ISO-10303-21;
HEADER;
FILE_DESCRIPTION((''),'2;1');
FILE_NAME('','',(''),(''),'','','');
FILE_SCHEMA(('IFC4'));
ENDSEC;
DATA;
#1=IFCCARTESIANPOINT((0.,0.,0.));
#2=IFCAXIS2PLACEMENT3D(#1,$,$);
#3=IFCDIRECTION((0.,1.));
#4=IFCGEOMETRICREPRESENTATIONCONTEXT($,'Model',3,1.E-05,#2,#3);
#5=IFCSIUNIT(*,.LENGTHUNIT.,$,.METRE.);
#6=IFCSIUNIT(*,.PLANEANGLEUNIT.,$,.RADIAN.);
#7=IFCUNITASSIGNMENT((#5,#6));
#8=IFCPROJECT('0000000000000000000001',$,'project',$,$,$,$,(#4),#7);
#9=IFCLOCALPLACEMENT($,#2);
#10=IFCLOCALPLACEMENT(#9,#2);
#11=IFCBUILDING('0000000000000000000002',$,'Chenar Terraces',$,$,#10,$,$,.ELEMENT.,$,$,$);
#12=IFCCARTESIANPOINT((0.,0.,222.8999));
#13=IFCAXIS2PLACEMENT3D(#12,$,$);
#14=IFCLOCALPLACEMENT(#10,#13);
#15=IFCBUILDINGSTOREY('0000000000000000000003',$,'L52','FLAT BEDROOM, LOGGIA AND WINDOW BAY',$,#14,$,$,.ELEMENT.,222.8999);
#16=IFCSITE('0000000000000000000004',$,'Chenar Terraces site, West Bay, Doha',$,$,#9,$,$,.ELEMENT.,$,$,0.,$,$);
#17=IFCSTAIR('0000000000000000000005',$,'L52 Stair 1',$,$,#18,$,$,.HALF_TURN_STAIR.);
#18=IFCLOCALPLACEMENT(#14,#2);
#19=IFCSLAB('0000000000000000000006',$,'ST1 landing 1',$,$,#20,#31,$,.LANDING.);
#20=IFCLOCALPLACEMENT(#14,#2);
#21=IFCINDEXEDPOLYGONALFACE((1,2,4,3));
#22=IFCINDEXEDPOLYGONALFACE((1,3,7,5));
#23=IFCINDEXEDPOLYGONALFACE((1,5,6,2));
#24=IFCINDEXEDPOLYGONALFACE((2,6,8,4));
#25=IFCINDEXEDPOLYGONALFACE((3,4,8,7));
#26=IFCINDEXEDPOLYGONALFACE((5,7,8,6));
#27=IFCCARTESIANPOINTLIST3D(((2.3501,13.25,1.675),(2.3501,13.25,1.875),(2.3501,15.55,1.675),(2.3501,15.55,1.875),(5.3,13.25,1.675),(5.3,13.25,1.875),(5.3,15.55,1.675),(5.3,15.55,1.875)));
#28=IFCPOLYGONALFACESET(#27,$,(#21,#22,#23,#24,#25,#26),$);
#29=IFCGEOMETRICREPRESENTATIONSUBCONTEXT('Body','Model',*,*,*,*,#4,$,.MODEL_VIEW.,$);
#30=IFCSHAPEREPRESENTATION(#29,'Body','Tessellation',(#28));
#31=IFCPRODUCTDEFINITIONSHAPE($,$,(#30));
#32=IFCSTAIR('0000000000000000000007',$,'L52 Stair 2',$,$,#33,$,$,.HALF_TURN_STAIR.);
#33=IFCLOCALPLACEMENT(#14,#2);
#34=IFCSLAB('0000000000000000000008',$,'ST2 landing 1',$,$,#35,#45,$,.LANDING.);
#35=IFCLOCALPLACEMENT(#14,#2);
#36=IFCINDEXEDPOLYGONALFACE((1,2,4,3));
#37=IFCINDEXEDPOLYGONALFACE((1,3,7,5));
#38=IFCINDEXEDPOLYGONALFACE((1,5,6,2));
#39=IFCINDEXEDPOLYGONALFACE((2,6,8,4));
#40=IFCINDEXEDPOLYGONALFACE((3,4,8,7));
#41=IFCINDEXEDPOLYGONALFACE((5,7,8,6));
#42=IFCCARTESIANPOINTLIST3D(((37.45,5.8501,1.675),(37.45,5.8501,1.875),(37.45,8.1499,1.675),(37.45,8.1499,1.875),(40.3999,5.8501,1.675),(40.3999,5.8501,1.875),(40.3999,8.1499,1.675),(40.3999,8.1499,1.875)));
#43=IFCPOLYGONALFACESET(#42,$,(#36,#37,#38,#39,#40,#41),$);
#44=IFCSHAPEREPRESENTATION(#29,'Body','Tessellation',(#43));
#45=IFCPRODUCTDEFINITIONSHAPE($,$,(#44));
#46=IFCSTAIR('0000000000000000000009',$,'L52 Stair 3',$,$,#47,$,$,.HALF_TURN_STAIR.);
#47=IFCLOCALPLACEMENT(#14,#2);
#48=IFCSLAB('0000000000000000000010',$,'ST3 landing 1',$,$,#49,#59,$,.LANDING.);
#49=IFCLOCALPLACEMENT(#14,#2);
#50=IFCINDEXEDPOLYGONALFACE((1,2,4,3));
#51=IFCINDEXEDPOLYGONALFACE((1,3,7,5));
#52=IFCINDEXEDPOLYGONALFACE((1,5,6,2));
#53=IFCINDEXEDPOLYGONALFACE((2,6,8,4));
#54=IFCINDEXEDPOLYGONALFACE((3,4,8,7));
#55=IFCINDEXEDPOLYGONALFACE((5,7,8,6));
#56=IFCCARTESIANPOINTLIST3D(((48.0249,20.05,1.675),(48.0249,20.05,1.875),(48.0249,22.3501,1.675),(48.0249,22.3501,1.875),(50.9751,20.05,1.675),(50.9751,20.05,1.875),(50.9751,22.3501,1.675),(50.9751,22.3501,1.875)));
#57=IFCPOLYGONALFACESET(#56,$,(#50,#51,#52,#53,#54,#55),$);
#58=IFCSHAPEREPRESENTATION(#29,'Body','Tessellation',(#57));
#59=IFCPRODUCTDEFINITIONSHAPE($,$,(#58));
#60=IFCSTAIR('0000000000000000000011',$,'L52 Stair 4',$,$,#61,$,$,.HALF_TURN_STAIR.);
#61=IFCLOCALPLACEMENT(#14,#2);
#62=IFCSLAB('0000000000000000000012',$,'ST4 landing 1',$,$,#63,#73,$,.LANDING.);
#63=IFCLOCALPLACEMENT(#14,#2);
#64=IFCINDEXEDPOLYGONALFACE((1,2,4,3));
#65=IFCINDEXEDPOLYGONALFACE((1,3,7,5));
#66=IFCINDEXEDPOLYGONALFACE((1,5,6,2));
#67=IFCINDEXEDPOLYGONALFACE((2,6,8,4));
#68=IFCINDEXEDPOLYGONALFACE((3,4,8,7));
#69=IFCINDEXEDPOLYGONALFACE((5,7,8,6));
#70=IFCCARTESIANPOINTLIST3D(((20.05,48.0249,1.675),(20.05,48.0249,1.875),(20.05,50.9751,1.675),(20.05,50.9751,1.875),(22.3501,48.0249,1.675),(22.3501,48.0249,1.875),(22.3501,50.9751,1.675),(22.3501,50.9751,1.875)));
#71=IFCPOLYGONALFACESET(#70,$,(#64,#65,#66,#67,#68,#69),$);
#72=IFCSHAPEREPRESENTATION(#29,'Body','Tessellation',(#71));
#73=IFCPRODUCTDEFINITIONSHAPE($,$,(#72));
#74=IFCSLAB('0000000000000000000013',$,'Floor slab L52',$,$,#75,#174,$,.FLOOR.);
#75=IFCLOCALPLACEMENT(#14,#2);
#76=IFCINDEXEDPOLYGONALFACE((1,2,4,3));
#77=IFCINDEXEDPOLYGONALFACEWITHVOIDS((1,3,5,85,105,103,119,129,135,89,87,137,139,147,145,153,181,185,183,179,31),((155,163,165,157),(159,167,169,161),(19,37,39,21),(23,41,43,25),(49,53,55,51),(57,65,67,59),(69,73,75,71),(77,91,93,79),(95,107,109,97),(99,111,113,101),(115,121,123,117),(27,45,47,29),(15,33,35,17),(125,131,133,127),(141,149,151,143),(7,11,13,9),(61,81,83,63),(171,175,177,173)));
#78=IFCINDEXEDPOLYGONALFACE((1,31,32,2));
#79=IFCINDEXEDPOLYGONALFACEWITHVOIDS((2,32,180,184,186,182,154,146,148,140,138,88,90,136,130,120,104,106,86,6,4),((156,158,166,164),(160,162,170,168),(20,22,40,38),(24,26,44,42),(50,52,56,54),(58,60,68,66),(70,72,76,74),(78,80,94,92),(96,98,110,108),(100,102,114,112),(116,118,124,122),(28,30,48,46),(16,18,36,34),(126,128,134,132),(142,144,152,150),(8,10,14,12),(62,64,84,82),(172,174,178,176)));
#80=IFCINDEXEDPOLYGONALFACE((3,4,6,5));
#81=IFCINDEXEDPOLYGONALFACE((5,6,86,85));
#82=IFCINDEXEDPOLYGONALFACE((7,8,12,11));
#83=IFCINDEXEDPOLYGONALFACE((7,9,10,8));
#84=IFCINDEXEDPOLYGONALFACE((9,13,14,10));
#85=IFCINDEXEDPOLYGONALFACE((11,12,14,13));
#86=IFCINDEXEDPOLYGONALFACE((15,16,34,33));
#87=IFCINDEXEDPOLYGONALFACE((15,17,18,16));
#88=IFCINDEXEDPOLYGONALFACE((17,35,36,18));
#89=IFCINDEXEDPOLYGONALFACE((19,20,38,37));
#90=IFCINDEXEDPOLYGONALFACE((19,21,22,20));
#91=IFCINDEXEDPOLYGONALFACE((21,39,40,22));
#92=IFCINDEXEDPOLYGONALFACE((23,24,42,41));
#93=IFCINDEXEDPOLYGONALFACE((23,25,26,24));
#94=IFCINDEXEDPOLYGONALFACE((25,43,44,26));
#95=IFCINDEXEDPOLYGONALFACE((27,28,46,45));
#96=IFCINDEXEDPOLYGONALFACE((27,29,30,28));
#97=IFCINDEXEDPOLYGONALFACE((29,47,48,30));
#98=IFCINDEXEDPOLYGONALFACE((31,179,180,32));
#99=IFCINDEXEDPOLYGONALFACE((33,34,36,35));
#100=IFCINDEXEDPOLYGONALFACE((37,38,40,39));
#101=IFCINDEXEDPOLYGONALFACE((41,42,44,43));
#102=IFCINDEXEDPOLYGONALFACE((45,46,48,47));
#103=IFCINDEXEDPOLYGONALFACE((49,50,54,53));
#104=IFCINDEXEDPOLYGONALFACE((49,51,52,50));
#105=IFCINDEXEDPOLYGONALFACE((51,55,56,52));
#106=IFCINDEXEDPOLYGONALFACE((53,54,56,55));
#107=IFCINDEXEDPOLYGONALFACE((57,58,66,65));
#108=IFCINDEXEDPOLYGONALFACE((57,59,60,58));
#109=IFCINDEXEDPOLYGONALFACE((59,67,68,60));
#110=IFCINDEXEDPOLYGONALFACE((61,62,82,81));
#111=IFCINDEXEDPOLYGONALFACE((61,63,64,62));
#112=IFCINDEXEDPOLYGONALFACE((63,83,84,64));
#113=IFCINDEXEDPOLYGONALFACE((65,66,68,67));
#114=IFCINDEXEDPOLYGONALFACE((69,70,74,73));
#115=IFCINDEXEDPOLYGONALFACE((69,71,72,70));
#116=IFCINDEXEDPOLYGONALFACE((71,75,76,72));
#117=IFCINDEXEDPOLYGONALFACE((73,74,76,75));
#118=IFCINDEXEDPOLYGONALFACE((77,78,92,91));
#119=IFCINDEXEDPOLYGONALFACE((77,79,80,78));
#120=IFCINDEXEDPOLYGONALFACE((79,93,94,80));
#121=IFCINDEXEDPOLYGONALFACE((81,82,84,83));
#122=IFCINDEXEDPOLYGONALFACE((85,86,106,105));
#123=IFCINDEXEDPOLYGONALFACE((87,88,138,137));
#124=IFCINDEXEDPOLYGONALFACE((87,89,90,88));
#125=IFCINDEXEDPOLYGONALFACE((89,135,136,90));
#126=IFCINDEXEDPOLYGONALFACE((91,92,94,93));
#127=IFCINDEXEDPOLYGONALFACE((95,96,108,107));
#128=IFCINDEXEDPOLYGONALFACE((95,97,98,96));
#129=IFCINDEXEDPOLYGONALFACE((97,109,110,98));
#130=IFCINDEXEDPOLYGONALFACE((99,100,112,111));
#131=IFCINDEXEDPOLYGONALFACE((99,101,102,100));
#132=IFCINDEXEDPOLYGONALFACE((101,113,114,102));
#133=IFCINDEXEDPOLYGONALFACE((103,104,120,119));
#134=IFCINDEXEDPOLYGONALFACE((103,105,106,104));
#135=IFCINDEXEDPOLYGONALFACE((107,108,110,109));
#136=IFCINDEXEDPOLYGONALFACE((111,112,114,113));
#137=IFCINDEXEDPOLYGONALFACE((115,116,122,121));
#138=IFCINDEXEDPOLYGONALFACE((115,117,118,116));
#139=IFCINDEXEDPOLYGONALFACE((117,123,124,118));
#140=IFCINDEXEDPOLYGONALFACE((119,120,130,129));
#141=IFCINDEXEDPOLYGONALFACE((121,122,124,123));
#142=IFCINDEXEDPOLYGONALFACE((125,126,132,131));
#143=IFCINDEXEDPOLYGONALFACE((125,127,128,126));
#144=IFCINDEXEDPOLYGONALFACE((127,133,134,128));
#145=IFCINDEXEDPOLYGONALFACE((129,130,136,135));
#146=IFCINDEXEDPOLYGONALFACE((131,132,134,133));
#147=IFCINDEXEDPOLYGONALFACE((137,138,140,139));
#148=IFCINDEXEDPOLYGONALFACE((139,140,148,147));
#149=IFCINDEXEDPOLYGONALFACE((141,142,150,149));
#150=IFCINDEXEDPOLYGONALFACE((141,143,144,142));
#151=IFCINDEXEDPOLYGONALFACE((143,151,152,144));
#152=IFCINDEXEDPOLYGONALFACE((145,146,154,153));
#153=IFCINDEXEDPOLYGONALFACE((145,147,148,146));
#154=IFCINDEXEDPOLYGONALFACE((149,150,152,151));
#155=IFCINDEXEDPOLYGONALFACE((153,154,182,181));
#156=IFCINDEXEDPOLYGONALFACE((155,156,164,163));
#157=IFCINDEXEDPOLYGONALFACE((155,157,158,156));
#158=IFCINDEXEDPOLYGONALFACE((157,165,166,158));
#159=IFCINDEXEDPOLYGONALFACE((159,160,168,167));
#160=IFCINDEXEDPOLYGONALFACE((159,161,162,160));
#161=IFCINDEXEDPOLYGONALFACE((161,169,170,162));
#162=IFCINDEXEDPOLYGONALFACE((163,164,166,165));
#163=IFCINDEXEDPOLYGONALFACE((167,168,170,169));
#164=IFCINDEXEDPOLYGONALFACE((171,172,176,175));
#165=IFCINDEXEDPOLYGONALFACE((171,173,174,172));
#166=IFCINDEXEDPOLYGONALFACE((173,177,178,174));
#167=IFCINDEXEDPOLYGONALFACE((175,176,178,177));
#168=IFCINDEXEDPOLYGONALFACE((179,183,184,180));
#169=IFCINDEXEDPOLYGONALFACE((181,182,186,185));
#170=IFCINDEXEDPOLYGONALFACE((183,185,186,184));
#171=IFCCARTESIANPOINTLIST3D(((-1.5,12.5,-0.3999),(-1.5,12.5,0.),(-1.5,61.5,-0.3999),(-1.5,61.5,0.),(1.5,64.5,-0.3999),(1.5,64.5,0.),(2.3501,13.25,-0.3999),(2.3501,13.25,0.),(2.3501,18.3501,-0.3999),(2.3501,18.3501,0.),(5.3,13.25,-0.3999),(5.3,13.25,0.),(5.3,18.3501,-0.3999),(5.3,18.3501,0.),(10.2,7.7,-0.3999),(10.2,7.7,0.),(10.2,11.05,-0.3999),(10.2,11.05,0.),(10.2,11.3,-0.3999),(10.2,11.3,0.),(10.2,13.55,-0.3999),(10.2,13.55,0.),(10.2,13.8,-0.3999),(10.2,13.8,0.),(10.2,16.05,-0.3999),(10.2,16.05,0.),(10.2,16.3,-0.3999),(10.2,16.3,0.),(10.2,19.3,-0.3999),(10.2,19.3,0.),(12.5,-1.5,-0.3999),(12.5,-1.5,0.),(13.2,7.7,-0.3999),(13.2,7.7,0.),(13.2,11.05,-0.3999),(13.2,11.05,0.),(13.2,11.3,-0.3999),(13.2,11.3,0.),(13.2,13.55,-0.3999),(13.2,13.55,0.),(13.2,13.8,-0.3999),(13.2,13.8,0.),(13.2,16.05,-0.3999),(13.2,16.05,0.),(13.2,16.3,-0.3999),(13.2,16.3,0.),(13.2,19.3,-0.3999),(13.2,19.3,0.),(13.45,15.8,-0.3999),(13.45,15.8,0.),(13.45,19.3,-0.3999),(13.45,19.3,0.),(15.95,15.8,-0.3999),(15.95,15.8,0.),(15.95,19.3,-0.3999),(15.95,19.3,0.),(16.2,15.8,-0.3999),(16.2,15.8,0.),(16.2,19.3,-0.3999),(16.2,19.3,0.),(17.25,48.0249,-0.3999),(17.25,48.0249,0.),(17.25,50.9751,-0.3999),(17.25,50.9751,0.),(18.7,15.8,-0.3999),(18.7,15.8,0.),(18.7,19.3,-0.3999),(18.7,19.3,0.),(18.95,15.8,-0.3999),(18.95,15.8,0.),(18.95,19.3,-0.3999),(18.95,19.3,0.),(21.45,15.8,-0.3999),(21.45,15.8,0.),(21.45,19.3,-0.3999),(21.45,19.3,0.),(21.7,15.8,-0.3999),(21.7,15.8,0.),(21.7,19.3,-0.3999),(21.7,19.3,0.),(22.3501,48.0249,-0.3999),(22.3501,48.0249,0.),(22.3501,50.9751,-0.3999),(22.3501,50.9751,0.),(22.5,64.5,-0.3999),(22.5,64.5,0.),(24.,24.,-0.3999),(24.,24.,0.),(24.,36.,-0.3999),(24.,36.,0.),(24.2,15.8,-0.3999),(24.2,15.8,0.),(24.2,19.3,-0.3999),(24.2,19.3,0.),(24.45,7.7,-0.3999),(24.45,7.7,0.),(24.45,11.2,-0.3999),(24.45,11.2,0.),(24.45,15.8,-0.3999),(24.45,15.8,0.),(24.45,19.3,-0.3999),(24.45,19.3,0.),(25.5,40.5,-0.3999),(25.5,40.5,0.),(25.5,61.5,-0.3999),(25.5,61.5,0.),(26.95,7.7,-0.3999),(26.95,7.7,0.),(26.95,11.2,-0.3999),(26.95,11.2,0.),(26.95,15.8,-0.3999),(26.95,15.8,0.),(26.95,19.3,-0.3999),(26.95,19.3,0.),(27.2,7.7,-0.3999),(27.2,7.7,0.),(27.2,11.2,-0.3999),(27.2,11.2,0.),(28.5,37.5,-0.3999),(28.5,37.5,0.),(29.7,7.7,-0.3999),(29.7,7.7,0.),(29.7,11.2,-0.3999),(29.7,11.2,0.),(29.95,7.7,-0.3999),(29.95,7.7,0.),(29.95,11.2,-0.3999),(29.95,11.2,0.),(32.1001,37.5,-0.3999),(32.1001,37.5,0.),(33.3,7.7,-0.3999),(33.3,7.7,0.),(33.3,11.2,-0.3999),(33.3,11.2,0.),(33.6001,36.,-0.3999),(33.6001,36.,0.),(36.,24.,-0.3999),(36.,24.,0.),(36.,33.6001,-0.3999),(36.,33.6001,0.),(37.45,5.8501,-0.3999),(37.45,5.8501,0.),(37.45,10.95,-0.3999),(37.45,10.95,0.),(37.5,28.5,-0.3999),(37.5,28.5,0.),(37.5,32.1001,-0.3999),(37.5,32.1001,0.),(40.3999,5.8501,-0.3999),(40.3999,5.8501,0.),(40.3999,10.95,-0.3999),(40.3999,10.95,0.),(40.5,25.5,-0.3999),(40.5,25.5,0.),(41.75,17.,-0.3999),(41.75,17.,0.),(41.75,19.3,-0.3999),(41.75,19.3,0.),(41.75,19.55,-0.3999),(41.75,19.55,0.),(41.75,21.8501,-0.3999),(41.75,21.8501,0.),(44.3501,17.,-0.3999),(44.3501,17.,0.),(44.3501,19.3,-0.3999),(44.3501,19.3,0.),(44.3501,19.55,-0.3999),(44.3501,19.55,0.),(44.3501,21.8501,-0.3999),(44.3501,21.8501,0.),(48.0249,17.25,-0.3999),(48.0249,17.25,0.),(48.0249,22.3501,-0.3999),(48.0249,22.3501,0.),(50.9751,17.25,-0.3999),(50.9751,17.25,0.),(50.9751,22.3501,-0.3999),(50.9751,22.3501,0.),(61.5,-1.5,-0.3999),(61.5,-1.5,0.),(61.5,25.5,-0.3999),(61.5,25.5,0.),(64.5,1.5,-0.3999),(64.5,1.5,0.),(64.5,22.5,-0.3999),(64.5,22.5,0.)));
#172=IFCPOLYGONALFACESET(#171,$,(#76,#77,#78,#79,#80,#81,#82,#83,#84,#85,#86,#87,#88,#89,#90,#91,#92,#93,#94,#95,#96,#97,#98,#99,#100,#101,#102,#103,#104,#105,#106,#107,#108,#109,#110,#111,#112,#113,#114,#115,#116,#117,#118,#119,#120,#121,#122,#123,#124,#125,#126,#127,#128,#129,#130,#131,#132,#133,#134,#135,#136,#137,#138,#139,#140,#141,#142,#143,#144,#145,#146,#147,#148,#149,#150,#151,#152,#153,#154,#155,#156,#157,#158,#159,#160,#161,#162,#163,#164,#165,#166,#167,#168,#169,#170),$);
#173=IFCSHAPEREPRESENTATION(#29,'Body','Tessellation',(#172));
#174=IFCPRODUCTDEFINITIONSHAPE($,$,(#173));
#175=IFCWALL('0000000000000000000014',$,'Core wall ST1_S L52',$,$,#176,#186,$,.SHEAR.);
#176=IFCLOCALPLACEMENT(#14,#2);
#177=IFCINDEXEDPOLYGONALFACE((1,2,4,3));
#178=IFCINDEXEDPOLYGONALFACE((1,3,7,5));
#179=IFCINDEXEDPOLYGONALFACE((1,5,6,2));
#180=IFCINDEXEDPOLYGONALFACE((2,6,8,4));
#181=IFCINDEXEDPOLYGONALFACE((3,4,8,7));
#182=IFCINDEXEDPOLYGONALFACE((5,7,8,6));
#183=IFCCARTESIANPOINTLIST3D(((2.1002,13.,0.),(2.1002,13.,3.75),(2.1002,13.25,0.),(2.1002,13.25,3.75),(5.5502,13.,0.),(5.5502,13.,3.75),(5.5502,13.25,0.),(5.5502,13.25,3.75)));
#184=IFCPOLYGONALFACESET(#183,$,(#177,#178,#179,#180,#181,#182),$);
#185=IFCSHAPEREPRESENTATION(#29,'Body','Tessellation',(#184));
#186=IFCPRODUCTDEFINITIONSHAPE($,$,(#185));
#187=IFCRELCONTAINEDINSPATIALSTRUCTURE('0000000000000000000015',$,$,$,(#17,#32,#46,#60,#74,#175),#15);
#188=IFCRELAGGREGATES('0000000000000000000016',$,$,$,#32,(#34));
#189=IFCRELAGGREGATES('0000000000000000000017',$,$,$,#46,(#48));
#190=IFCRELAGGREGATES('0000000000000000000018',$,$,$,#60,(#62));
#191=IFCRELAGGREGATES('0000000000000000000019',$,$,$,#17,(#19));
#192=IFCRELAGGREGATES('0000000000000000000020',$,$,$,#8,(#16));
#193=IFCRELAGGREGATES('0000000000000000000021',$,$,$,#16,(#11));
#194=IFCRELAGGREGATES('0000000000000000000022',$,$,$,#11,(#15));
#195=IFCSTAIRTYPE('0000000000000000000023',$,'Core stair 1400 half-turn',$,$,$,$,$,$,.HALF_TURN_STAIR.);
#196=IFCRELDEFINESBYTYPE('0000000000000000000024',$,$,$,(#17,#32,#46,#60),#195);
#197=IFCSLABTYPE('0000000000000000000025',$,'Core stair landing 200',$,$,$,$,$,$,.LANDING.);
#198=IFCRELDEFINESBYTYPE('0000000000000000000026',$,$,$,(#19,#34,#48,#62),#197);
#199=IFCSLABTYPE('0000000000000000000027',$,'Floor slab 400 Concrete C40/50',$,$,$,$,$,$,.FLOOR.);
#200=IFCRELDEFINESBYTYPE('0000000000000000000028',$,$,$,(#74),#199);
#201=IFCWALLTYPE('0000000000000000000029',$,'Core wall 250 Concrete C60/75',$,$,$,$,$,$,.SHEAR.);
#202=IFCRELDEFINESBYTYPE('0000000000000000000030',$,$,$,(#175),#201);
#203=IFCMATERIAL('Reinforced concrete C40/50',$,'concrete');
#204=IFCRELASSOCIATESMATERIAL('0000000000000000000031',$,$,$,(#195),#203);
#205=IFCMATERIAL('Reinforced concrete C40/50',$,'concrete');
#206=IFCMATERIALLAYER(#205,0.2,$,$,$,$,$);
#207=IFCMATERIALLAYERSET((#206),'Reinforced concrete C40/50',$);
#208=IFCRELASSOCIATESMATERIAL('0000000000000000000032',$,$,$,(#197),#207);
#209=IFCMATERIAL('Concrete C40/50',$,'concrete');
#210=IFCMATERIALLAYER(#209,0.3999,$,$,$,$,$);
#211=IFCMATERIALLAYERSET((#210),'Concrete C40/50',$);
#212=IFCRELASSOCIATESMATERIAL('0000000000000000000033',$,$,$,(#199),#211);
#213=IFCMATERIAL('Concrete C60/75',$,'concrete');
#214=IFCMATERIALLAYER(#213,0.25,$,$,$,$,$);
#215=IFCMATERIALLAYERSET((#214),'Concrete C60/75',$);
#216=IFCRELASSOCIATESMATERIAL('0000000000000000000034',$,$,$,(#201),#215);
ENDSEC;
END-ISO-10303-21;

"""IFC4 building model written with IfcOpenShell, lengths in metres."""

from ifc_helpers import new_model, si_unit, direction, frame, frame_2d, origin, place, context, subcontext, project, spatial, polyline, rectangle, outline, extrude, material, layer, layer_set, type_object, element, aggregate, save


model = new_model("IFC4")

# Units and contexts
model_context = context("Model", 3, precision=1e-05, world=origin(), true_north=direction((0.0, 1.0)))
body_context = subcontext(model_context, "Body", "Model", "MODEL_VIEW")
ifc_project = project(units=[si_unit("LENGTHUNIT", "METRE"), si_unit("PLANEANGLEUNIT", "RADIAN")], contexts=[model_context])

# Site, building, storey
site_placement = place(None, origin())
site = spatial("IfcSite", under=ifc_project, at=site_placement, Name="Chenar Terraces site, West Bay, Doha", CompositionType="ELEMENT", RefElevation=0.0)
building_placement = place(site_placement, origin())
building = spatial("IfcBuilding", under=site, at=building_placement, Name="Chenar Terraces", CompositionType="ELEMENT")
storey_placement = place(building_placement, frame((0.0, 0.0, 222.8999)))
storey = spatial("IfcBuildingStorey", under=building, at=storey_placement, Name="L52", Description="FLAT BEDROOM, LOGGIA AND WINDOW BAY", CompositionType="ELEMENT", Elevation=222.8999)

# Stairs, slabs
ifc_material_1 = material(Name="Reinforced concrete C40/50", Category="concrete")
stair_type = type_object("IfcStairType", Name="Core stair 1400 half-turn", PredefinedType="HALF_TURN_STAIR", material=ifc_material_1)
placement_1 = place(storey_placement, origin())
stair_1 = element("IfcStair", 1, at=placement_1, inside=storey, type_object=stair_type, Name="L52 Stair 1", PredefinedType="HALF_TURN_STAIR")
ifc_material_2 = material(Name="Reinforced concrete C40/50", Category="concrete")
ifc_layer_1 = layer(ifc_material_2, 0.2)
ifc_layer_set_1 = layer_set([ifc_layer_1], Name="Reinforced concrete C40/50")
slab_type_1 = type_object("IfcSlabType", Name="Core stair landing 200", PredefinedType="LANDING", material=ifc_layer_set_1)
placement_2 = place(storey_placement, frame((0.0, 0.0, 1.675)))
slab_1 = element("IfcSlab", 2, at=placement_2, type_object=slab_type_1, Name="ST1 landing 1", PredefinedType="LANDING", context=body_context, shape_type="SweptSolid", body=[
    extrude(outline(polyline([(2.3501, 15.55), (2.3501, 13.25), (5.3, 13.25), (5.3, 15.55), (2.3501, 15.55)])), origin(), (0.0, 0.0, 1.0), 0.2),
])
stair_2 = element("IfcStair", 3, at=placement_1, inside=storey, type_object=stair_type, Name="L52 Stair 2", PredefinedType="HALF_TURN_STAIR")
slab_2 = element("IfcSlab", 4, at=placement_2, type_object=slab_type_1, Name="ST2 landing 1", PredefinedType="LANDING", context=body_context, shape_type="SweptSolid", body=[
    extrude(outline(polyline([(37.45, 8.1499), (37.45, 5.8501), (40.3999, 5.8501), (40.3999, 8.1499), (37.45, 8.1499)])), origin(), (0.0, 0.0, 1.0), 0.2),
])
aggregate(stair_2, [slab_2])
stair_3 = element("IfcStair", 5, at=placement_1, inside=storey, type_object=stair_type, Name="L52 Stair 3", PredefinedType="HALF_TURN_STAIR")
slab_3 = element("IfcSlab", 6, at=placement_2, type_object=slab_type_1, Name="ST3 landing 1", PredefinedType="LANDING", context=body_context, shape_type="SweptSolid", body=[
    extrude(outline(polyline([(50.9751, 20.05), (50.9751, 22.3501), (48.0249, 22.3501), (48.0249, 20.05), (50.9751, 20.05)])), origin(), (0.0, 0.0, 1.0), 0.2),
])
aggregate(stair_3, [slab_3])
stair_4 = element("IfcStair", 7, at=placement_1, inside=storey, type_object=stair_type, Name="L52 Stair 4", PredefinedType="HALF_TURN_STAIR")
slab_4 = element("IfcSlab", 8, at=placement_2, type_object=slab_type_1, Name="ST4 landing 1", PredefinedType="LANDING", context=body_context, shape_type="SweptSolid", body=[
    extrude(outline(polyline([(20.05, 48.0249), (22.3501, 48.0249), (22.3501, 50.9751), (20.05, 50.9751), (20.05, 48.0249)])), origin(), (0.0, 0.0, 1.0), 0.2),
])
aggregate(stair_4, [slab_4])

# Slab
ifc_material_3 = material(Name="Concrete C40/50", Category="concrete")
ifc_layer_2 = layer(ifc_material_3, 0.3999)
ifc_layer_set_2 = layer_set([ifc_layer_2], Name="Concrete C40/50")
slab_type_2 = type_object("IfcSlabType", Name="Floor slab 400 Concrete C40/50", PredefinedType="FLOOR", material=ifc_layer_set_2)
slab_5_placement = place(storey_placement, frame((0.0, 0.0, -0.3999)))
element("IfcSlab", 9, at=slab_5_placement, inside=storey, type_object=slab_type_2, Name="Floor slab L52", PredefinedType="FLOOR", context=body_context, shape_type="SweptSolid", body=[
    extrude(outline(polyline([(64.5, 22.5), (64.5, 1.5), (61.5, -1.5), (12.5, -1.5), (-1.5, 12.5), (-1.5, 61.5), (1.5, 64.5), (22.5, 64.5), (25.5, 61.5), (25.5, 40.5), (28.5, 37.5), (32.1001, 37.5), (33.6001, 36.0), (24.0, 36.0), (24.0, 24.0), (36.0, 24.0), (36.0, 33.6001), (37.5, 32.1001), (37.5, 28.5), (40.5, 25.5), (61.5, 25.5), (64.5, 22.5)]), holes=[polyline([(13.2, 11.05), (10.2, 11.05), (10.2, 7.7), (13.2, 7.7), (13.2, 11.05)]), polyline([(13.2, 13.55), (10.2, 13.55), (10.2, 11.3), (13.2, 11.3), (13.2, 13.55)]), polyline([(13.2, 16.05), (10.2, 16.05), (10.2, 13.8), (13.2, 13.8), (13.2, 16.05)]), polyline([(2.3501, 13.25), (5.3, 13.25), (5.3, 18.3501), (2.3501, 18.3501), (2.3501, 13.25)]), polyline([(15.95, 19.3), (13.45, 19.3), (13.45, 15.8), (15.95, 15.8), (15.95, 19.3)]), polyline([(18.7, 19.3), (16.2, 19.3), (16.2, 15.8), (18.7, 15.8), (18.7, 19.3)]), polyline([(21.45, 19.3), (18.95, 19.3), (18.95, 15.8), (21.45, 15.8), (21.45, 19.3)]), polyline([(24.2, 15.8), (24.2, 19.3), (21.7, 19.3), (21.7, 15.8), (24.2, 15.8)]), polyline([(13.2, 16.3), (13.2, 19.3), (10.2, 19.3), (10.2, 16.3), (13.2, 16.3)]), polyline([(22.3501, 48.0249), (22.3501, 50.9751), (17.25, 50.9751), (17.25, 48.0249), (22.3501, 48.0249)]), polyline([(37.45, 5.8501), (40.3999, 5.8501), (40.3999, 10.95), (37.45, 10.95), (37.45, 5.8501)]), polyline([(26.95, 11.2), (24.45, 11.2), (24.45, 7.7), (26.95, 7.7), (26.95, 11.2)]), polyline([(29.7, 7.7), (29.7, 11.2), (27.2, 11.2), (27.2, 7.7), (29.7, 7.7)]), polyline([(33.3, 7.7), (33.3, 11.2), (29.95, 11.2), (29.95, 7.7), (33.3, 7.7)]), polyline([(26.95, 19.3), (24.45, 19.3), (24.45, 15.8), (26.95, 15.8), (26.95, 19.3)]), polyline([(44.3501, 19.3), (41.75, 19.3), (41.75, 17.0), (44.3501, 17.0), (44.3501, 19.3)]), polyline([(50.9751, 22.3501), (48.0249, 22.3501), (48.0249, 17.25), (50.9751, 17.25), (50.9751, 22.3501)]), polyline([(44.3501, 19.55), (44.3501, 21.8501), (41.75, 21.8501), (41.75, 19.55), (44.3501, 19.55)])]), origin(), (0.0, 0.0, 1.0), 0.3999),
])

# Wall
ifc_material_4 = material(Name="Concrete C60/75", Category="concrete")
ifc_layer_3 = layer(ifc_material_4, 0.25)
ifc_layer_set_3 = layer_set([ifc_layer_3], Name="Concrete C60/75")
wall_type_1 = type_object("IfcWallType", Name="Core wall 250 Concrete C60/75", PredefinedType="SHEAR", material=ifc_layer_set_3)
wall_1_placement = place(storey_placement, frame((2.1001, 13.125, 0.0), z_axis=(0.0, 0.0, 1.0), x_axis=(1.0, 0.0, 0.0)))
element("IfcWall", 10, at=wall_1_placement, inside=storey, type_object=wall_type_1, Name="Core wall ST1_S L52", PredefinedType="SHEAR", context=body_context, shape_type="SweptSolid", body=[
    extrude(rectangle(XDim=3.45, YDim=0.25, at=frame_2d((1.7251, 0.0))), origin(), (0.0, 0.0, 1.0), 3.75),
])

aggregate(stair_1, [slab_1])

save(model, "model.ifc")
